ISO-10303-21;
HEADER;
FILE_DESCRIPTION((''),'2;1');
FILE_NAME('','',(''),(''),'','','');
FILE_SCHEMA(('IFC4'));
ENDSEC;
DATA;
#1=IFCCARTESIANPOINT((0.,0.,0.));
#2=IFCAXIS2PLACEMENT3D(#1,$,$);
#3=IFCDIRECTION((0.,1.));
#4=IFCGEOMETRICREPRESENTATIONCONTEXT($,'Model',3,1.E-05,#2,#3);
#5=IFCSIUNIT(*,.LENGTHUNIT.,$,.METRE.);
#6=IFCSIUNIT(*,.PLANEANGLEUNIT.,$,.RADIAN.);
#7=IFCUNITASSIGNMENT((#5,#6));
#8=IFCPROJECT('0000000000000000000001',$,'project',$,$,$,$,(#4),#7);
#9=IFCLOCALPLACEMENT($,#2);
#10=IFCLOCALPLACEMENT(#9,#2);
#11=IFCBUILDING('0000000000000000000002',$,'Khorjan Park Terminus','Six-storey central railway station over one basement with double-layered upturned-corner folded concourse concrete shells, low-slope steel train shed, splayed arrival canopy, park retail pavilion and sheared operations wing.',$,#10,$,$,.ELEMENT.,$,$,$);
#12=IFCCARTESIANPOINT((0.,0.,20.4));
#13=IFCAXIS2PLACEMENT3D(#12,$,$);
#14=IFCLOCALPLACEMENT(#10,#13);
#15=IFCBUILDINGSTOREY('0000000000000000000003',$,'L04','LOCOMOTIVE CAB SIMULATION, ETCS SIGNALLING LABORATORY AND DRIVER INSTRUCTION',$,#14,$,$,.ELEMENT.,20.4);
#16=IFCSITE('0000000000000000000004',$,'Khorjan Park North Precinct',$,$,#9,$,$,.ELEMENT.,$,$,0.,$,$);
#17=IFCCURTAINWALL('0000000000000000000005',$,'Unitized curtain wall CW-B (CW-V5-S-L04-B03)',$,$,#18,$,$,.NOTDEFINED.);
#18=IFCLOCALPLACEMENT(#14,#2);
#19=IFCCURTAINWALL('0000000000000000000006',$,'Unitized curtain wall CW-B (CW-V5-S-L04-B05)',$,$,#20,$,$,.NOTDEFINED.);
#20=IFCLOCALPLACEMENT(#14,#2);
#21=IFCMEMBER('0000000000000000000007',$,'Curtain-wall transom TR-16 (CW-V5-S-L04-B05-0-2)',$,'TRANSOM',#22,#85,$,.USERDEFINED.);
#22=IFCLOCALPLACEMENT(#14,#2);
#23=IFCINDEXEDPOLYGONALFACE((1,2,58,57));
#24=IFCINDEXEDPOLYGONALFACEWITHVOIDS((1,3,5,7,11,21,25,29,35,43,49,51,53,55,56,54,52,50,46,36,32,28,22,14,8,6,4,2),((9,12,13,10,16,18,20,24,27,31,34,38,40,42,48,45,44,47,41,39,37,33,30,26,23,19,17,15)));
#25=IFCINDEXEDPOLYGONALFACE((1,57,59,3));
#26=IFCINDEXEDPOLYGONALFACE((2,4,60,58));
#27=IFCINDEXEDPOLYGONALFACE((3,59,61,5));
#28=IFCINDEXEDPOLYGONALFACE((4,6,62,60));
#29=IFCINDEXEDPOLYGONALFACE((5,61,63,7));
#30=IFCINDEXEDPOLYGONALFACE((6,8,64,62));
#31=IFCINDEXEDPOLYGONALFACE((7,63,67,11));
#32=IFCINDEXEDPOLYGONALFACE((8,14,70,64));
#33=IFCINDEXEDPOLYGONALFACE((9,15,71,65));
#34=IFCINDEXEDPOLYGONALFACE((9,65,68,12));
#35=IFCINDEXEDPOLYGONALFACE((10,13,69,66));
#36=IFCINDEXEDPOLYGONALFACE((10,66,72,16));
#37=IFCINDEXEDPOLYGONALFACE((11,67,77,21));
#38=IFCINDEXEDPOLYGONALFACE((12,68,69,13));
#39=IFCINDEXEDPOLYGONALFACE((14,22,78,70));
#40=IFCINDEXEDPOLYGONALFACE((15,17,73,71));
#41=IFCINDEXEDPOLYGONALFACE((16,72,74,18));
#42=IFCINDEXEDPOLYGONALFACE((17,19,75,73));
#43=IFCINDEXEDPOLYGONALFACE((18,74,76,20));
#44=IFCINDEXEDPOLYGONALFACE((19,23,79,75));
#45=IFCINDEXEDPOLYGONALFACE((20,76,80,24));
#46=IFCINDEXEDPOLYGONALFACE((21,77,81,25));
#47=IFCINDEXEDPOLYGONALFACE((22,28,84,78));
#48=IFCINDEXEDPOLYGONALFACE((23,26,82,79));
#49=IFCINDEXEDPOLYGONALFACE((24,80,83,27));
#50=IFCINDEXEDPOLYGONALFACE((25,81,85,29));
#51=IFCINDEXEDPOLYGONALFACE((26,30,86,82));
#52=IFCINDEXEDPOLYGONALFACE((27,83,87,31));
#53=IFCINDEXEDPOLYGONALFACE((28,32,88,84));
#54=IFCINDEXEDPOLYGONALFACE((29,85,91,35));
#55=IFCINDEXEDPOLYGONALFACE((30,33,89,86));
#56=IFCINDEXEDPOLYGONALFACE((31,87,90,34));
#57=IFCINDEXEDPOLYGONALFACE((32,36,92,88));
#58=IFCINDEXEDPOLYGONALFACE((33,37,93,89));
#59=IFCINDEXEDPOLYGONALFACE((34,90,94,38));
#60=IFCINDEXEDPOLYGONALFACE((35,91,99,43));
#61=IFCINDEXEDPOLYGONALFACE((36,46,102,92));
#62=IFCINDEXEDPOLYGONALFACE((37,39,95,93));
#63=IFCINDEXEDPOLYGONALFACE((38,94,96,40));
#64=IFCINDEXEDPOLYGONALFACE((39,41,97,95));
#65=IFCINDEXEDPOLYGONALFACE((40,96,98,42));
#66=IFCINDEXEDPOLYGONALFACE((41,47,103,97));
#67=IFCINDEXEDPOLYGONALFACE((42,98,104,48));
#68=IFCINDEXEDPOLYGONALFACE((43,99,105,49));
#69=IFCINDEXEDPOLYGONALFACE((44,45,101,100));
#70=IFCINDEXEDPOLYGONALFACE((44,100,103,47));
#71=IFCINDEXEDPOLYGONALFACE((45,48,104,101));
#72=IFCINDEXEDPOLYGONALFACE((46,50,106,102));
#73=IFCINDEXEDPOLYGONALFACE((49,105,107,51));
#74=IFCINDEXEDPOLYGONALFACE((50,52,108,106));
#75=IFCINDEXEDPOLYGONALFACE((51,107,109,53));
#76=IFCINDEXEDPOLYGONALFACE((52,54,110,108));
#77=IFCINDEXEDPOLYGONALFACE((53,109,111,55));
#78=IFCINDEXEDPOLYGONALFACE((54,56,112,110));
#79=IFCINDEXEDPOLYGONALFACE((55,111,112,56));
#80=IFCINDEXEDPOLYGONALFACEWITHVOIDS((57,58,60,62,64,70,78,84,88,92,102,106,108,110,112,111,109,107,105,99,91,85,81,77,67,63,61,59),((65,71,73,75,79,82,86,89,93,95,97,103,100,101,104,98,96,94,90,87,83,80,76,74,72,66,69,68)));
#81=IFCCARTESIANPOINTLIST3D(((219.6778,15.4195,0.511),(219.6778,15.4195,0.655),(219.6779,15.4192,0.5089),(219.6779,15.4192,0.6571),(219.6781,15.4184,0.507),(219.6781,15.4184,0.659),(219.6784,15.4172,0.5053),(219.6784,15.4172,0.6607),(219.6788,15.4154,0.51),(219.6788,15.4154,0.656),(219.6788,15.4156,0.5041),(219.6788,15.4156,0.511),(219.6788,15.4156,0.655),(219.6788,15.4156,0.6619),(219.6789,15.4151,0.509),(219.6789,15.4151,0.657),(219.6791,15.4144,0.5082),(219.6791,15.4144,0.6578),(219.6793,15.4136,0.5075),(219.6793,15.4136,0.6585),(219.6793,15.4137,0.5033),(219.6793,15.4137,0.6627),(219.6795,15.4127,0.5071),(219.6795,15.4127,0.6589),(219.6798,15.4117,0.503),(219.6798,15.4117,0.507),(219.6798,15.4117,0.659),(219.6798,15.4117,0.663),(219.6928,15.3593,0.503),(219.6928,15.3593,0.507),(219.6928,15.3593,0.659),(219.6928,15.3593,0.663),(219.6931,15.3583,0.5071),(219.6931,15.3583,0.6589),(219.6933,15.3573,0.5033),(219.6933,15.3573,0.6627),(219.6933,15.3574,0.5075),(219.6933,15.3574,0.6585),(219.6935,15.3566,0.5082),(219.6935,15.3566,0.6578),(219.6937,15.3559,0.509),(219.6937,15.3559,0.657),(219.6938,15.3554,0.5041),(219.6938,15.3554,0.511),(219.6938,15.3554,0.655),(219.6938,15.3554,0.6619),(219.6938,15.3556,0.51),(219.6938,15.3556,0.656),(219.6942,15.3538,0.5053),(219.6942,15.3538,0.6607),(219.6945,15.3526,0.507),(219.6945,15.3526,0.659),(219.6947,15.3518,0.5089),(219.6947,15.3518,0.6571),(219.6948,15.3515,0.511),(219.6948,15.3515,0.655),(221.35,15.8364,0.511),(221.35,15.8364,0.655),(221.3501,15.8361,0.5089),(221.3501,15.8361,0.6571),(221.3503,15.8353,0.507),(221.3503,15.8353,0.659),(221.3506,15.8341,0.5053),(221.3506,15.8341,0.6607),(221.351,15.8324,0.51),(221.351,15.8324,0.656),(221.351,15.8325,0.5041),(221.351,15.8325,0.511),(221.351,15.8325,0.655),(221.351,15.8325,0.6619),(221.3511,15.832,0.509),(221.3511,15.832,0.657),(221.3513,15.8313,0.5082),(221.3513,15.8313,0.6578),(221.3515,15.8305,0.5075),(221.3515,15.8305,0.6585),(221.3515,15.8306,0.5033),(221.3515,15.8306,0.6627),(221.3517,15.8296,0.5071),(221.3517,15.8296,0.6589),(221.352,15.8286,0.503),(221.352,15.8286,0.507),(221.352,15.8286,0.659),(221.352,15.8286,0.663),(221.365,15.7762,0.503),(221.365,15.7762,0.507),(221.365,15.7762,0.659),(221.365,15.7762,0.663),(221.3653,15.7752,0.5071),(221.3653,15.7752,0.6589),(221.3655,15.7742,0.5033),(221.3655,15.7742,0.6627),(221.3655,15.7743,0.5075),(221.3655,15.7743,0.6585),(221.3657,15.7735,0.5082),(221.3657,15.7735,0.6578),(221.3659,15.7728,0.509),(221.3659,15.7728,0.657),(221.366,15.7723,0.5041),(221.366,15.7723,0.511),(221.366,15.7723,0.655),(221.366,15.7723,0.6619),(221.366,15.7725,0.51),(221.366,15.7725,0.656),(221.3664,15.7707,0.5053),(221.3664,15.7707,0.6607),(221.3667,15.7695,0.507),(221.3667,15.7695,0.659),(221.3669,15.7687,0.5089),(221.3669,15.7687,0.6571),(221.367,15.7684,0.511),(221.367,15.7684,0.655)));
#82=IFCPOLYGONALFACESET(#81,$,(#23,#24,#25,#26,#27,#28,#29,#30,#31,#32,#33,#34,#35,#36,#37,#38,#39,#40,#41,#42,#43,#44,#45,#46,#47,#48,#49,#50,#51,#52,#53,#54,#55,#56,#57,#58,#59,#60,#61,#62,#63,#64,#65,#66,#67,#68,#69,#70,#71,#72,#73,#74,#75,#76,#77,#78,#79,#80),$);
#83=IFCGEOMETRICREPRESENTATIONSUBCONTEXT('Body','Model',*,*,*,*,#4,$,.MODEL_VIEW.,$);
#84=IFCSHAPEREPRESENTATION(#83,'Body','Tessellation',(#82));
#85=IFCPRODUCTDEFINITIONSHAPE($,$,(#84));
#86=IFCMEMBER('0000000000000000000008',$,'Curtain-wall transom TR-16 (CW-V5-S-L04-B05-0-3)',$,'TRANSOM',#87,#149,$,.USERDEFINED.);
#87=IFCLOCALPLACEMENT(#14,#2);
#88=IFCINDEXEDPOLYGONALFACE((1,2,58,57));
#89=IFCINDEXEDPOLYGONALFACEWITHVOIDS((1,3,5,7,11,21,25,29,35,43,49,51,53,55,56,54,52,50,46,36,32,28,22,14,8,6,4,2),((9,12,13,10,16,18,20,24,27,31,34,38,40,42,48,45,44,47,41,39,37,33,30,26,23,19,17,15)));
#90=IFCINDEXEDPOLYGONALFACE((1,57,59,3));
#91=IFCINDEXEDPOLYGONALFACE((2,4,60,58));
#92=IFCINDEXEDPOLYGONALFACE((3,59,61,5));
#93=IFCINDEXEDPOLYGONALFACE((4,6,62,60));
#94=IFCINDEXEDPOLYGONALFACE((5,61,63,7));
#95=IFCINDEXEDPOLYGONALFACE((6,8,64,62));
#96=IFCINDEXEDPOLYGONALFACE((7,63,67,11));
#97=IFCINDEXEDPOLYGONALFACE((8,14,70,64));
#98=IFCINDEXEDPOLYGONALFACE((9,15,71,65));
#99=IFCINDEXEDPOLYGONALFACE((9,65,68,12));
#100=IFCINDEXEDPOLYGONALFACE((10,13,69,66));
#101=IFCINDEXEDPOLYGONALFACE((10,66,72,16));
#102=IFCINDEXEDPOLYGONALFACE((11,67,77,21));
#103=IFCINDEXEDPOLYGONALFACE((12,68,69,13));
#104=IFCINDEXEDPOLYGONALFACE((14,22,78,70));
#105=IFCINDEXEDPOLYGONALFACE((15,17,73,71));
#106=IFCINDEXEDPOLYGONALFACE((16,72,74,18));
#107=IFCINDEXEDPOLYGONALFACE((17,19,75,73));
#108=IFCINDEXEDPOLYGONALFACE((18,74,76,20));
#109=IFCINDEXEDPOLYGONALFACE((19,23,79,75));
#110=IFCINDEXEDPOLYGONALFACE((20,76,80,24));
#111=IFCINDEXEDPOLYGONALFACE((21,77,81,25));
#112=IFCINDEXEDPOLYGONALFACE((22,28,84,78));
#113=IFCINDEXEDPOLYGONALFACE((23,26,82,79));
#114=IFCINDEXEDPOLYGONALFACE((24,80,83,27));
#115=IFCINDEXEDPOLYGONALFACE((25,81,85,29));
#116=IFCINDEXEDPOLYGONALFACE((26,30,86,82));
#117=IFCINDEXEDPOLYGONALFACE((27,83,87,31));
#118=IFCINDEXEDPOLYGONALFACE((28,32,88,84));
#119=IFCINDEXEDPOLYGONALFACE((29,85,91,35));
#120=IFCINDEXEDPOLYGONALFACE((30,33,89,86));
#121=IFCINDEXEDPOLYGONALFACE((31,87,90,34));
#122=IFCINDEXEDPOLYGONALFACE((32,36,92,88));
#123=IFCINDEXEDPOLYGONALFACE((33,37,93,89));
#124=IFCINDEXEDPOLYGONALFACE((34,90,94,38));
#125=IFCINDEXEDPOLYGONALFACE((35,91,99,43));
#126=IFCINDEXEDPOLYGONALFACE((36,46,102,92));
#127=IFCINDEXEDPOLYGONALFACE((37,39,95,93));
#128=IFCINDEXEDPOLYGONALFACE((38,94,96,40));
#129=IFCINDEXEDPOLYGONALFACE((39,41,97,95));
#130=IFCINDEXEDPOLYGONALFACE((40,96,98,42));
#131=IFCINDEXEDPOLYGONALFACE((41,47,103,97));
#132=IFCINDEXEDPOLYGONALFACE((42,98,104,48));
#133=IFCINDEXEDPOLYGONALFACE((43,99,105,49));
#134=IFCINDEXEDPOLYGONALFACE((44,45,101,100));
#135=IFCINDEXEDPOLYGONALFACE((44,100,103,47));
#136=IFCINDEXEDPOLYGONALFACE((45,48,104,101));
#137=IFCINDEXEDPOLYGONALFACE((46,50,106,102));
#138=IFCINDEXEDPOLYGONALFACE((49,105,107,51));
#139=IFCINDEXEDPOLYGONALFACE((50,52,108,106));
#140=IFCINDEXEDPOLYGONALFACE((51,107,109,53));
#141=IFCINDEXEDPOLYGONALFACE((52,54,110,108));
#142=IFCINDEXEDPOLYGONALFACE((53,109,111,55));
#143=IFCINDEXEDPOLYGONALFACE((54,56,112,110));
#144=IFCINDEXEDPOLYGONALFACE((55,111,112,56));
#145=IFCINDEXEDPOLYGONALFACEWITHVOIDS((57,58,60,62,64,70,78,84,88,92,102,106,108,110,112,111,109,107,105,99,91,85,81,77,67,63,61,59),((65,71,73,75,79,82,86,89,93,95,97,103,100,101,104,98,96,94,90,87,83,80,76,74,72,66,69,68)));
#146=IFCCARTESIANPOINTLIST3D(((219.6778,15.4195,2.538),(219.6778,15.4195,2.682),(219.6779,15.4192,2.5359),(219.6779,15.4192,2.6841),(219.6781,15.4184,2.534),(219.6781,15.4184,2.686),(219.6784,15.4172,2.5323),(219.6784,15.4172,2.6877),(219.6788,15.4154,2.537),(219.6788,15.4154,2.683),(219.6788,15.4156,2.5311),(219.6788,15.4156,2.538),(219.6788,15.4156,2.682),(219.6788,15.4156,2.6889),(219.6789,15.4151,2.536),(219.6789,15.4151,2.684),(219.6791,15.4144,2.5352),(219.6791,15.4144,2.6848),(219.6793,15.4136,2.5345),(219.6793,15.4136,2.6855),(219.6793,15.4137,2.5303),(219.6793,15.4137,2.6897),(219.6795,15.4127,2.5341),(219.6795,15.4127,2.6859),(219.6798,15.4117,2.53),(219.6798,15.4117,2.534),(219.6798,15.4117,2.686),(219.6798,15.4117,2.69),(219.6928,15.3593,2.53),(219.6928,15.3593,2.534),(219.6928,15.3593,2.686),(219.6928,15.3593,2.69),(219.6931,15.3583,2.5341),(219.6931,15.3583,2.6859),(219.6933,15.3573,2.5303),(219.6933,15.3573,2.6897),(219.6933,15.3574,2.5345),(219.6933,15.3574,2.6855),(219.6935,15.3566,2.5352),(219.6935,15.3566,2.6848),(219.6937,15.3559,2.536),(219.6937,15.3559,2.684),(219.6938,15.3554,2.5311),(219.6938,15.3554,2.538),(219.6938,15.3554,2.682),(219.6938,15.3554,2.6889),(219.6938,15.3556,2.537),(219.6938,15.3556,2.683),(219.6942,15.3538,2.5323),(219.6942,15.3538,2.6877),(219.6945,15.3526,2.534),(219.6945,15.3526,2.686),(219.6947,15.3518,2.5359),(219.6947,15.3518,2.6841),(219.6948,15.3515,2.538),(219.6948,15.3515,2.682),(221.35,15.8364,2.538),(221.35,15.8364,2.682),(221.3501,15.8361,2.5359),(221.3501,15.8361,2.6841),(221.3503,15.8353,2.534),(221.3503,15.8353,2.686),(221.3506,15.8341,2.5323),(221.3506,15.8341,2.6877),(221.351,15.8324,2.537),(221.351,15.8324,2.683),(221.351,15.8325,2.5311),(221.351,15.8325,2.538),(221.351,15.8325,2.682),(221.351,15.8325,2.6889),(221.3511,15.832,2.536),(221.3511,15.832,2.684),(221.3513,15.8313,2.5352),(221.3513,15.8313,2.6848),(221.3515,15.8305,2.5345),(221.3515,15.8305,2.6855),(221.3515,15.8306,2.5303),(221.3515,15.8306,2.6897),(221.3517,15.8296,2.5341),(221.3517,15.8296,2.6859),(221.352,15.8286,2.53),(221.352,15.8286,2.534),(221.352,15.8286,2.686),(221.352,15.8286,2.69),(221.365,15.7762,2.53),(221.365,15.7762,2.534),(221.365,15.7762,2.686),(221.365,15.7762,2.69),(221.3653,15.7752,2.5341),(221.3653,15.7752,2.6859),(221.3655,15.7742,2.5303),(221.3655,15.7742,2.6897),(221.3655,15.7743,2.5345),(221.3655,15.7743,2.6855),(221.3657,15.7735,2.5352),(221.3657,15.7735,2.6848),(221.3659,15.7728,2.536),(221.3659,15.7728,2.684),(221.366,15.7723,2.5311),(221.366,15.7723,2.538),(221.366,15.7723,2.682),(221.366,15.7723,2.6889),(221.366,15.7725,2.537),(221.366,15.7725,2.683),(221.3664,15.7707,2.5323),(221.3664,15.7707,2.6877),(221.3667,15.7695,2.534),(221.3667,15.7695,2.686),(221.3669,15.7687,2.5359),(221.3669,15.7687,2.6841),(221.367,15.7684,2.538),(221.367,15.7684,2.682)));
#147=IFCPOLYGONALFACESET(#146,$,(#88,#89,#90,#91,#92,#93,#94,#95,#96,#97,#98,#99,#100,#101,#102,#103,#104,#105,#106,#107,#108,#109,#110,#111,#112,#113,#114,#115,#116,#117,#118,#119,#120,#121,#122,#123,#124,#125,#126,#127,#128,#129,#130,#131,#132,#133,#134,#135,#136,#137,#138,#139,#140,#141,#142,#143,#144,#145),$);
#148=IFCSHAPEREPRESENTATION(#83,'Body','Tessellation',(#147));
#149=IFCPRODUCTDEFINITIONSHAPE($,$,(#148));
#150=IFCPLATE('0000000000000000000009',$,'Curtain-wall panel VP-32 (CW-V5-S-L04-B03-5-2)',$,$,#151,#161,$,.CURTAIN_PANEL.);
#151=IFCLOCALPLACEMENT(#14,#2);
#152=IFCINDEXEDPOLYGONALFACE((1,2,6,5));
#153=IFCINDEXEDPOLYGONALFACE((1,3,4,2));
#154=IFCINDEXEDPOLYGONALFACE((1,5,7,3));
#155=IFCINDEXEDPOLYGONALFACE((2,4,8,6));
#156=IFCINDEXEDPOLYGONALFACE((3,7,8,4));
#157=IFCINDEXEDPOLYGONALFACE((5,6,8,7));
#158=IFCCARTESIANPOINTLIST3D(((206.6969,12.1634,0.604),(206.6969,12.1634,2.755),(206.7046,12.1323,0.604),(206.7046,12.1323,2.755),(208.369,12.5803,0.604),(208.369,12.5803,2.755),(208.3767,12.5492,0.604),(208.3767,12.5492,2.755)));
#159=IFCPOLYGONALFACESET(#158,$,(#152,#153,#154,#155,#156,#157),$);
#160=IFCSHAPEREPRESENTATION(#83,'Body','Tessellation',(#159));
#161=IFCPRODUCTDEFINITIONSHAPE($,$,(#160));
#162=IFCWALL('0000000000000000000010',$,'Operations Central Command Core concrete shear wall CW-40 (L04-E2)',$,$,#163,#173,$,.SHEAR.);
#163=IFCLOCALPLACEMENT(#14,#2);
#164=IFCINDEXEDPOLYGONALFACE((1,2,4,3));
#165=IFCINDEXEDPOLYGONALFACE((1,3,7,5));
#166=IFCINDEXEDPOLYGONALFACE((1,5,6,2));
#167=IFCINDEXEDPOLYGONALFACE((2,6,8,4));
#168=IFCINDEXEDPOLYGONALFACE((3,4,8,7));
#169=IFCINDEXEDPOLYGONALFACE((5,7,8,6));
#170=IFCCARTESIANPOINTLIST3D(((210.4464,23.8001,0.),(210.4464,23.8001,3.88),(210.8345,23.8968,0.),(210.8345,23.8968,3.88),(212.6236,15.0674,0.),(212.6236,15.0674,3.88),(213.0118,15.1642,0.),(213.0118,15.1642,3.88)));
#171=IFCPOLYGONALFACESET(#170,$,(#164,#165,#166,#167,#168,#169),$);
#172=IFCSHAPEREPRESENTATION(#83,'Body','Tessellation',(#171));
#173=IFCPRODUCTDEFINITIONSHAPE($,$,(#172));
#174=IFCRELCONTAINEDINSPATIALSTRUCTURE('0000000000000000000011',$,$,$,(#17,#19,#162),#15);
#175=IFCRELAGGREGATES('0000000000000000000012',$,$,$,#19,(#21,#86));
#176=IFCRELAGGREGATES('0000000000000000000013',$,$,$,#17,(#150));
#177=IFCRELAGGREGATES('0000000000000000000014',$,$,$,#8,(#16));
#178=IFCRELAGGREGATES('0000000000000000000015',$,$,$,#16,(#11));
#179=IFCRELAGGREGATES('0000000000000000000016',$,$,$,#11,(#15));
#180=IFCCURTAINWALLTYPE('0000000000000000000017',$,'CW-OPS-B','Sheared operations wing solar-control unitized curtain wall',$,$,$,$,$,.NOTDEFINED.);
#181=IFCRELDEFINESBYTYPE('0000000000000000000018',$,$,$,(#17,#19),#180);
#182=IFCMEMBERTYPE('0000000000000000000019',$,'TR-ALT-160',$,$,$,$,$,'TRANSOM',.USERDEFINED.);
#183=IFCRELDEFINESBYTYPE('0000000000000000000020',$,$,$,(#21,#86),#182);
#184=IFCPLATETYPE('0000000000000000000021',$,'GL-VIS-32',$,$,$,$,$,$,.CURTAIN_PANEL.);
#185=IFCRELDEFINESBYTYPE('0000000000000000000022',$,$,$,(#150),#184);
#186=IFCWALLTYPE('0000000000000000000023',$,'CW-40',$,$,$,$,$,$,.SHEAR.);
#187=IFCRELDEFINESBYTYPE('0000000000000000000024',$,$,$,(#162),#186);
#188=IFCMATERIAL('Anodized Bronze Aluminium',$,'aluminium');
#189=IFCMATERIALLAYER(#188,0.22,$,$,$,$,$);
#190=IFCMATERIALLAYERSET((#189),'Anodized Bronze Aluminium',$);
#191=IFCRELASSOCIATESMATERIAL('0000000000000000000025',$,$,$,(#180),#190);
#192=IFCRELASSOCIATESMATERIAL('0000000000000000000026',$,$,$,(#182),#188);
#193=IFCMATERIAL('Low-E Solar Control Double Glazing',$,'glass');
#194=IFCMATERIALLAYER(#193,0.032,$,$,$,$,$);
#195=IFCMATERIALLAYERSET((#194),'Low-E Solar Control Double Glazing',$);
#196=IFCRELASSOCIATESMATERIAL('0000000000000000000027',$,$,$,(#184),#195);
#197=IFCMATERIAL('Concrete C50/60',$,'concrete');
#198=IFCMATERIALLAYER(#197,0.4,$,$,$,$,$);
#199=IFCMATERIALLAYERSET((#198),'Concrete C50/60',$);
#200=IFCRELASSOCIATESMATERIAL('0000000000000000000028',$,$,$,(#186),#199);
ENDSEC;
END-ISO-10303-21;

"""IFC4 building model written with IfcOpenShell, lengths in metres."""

from ifc_helpers import new_model, si_unit, direction, frame, frame_2d, origin, origin_2d, place, context, subcontext, project, spatial, rectangle, hollow_rectangle, extrude, material, layer, layer_set, material_profile, profile_set, type_object, element, aggregate, save


model = new_model("IFC4")

# Units and contexts
model_context = context("Model", 3, precision=1e-05, world=origin(), true_north=direction((0.0, 1.0)))
body_context = subcontext(model_context, "Body", "Model", "MODEL_VIEW")
ifc_project = project(units=[si_unit("LENGTHUNIT", "METRE"), si_unit("PLANEANGLEUNIT", "RADIAN")], contexts=[model_context])

# Site, building, storey
site_placement = place(None, origin())
site = spatial("IfcSite", under=ifc_project, at=site_placement, Name="Khorjan Park North Precinct", CompositionType="ELEMENT", RefElevation=0.0)
building_placement = place(site_placement, origin())
building = spatial("IfcBuilding", under=site, at=building_placement, Name="Khorjan Park Terminus", Description="Six-storey central railway station over one basement with double-layered upturned-corner folded concourse concrete shells, low-slope steel train shed, splayed arrival canopy, park retail pavilion and sheared operations wing.", CompositionType="ELEMENT")
storey_placement = place(building_placement, frame((0.0, 0.0, 20.4)))
storey = spatial("IfcBuildingStorey", under=building, at=storey_placement, Name="L04", Description="LOCOMOTIVE CAB SIMULATION, ETCS SIGNALLING LABORATORY AND DRIVER INSTRUCTION", CompositionType="ELEMENT", Elevation=20.4)

# Shared definitions
ifc_material_1 = material(Name="Concrete C50/60", Category="concrete")

# Curtain wall
ifc_material_2 = material(Name="Anodized Bronze Aluminium", Category="aluminium")
ifc_layer_1 = layer(ifc_material_2, 0.22)
ifc_layer_set_1 = layer_set([ifc_layer_1], Name="Anodized Bronze Aluminium")
curtain_wall_type = type_object("IfcCurtainWallType", Name="CW-OPS-B", Description="Sheared operations wing solar-control unitized curtain wall", PredefinedType="NOTDEFINED", material=ifc_layer_set_1)
curtain_wall_1_placement = place(storey_placement, origin())
curtain_wall_1 = element("IfcCurtainWall", 1, at=curtain_wall_1_placement, inside=storey, type_object=curtain_wall_type, Name="Unitized curtain wall CW-B (CW-V5-S-L04-B03)", PredefinedType="NOTDEFINED")

# Curtain wall, members
curtain_wall_2_placement = place(storey_placement, origin())
curtain_wall_2 = element("IfcCurtainWall", 2, at=curtain_wall_2_placement, inside=storey, type_object=curtain_wall_type, Name="Unitized curtain wall CW-B (CW-V5-S-L04-B05)", PredefinedType="NOTDEFINED")
ifc_material_profile_1 = material_profile(ifc_material_2, hollow_rectangle(XDim=0.07, YDim=0.16, WallThickness=0.004, InnerFilletRadius=0.004, OuterFilletRadius=0.008, at=origin_2d()), Name="ALT 70x160x4")
ifc_profile_set_1 = profile_set([ifc_material_profile_1], Name="Anodized Bronze Aluminium")
member_type_1 = type_object("IfcMemberType", Name="TR-ALT-160", ElementType="TRANSOM", PredefinedType="USERDEFINED", material=ifc_profile_set_1)
member_1_placement = place(storey_placement, frame((219.6863, 15.3855, 0.583), z_axis=(0.970299, 0.241908, 0.0), x_axis=(-0.241908, 0.970299, 0.0)))
member_1 = element("IfcMember", 3, at=member_1_placement, type_object=member_type_1, Name="Curtain-wall transom TR-16 (CW-V5-S-L04-B05-0-2)", ObjectType="TRANSOM", PredefinedType="USERDEFINED", context=body_context, shape_type="SweptSolid", body=[
    extrude(hollow_rectangle(XDim=0.07, YDim=0.16, WallThickness=0.004, InnerFilletRadius=0.004, OuterFilletRadius=0.008, at=origin_2d()), origin(), (0.0, 0.0, 1.0), 1.7234),
])
member_2_placement = place(storey_placement, frame((219.6863, 15.3855, 2.61), z_axis=(0.970299, 0.241908, 0.0), x_axis=(-0.241908, 0.970299, 0.0)))
member_2 = element("IfcMember", 4, at=member_2_placement, type_object=member_type_1, Name="Curtain-wall transom TR-16 (CW-V5-S-L04-B05-0-3)", ObjectType="TRANSOM", PredefinedType="USERDEFINED", context=body_context, shape_type="SweptSolid", body=[
    extrude(hollow_rectangle(XDim=0.07, YDim=0.16, WallThickness=0.004, InnerFilletRadius=0.004, OuterFilletRadius=0.008, at=origin_2d()), origin(), (0.0, 0.0, 1.0), 1.7234),
])
aggregate(curtain_wall_2, [member_1, member_2])

# Plate
ifc_material_3 = material(Name="Low-E Solar Control Double Glazing", Category="glass")
ifc_layer_2 = layer(ifc_material_3, 0.032)
ifc_layer_set_2 = layer_set([ifc_layer_2], Name="Low-E Solar Control Double Glazing")
plate_type = type_object("IfcPlateType", Name="GL-VIS-32", PredefinedType="CURTAIN_PANEL", material=ifc_layer_set_2)
plate_placement = place(storey_placement, frame((207.5368, 12.3563, 0.604), z_axis=(0.0, 0.0, 1.0), x_axis=(0.970295, 0.241926, 0.0)))
plate = element("IfcPlate", 5, at=plate_placement, type_object=plate_type, Name="Curtain-wall panel VP-32 (CW-V5-S-L04-B03-5-2)", PredefinedType="CURTAIN_PANEL", context=body_context, shape_type="SweptSolid", body=[
    extrude(rectangle(XDim=1.7233, YDim=0.032, at=origin_2d()), origin(), (0.0, 0.0, 1.0), 2.151),
])
aggregate(curtain_wall_1, [plate])

# Wall
ifc_layer_3 = layer(ifc_material_1, 0.4)
ifc_layer_set_3 = layer_set([ifc_layer_3], Name="Concrete C50/60")
wall_type_1 = type_object("IfcWallType", Name="CW-40", PredefinedType="SHEAR", material=ifc_layer_set_3)
wall_1_placement = place(storey_placement, frame((212.8177, 15.1158, 0.0), z_axis=(0.0, 0.0, 1.0), x_axis=(-0.241921, 0.970296, 0.0)))
element("IfcWall", 6, at=wall_1_placement, inside=storey, type_object=wall_type_1, Name="Operations Central Command Core concrete shear wall CW-40 (L04-E2)", PredefinedType="SHEAR", context=body_context, shape_type="SweptSolid", body=[
    extrude(rectangle(XDim=9.0, YDim=0.4, at=frame_2d((4.5, 0.0))), origin(), (0.0, 0.0, 1.0), 3.88),
])

save(model, "model.ifc")
